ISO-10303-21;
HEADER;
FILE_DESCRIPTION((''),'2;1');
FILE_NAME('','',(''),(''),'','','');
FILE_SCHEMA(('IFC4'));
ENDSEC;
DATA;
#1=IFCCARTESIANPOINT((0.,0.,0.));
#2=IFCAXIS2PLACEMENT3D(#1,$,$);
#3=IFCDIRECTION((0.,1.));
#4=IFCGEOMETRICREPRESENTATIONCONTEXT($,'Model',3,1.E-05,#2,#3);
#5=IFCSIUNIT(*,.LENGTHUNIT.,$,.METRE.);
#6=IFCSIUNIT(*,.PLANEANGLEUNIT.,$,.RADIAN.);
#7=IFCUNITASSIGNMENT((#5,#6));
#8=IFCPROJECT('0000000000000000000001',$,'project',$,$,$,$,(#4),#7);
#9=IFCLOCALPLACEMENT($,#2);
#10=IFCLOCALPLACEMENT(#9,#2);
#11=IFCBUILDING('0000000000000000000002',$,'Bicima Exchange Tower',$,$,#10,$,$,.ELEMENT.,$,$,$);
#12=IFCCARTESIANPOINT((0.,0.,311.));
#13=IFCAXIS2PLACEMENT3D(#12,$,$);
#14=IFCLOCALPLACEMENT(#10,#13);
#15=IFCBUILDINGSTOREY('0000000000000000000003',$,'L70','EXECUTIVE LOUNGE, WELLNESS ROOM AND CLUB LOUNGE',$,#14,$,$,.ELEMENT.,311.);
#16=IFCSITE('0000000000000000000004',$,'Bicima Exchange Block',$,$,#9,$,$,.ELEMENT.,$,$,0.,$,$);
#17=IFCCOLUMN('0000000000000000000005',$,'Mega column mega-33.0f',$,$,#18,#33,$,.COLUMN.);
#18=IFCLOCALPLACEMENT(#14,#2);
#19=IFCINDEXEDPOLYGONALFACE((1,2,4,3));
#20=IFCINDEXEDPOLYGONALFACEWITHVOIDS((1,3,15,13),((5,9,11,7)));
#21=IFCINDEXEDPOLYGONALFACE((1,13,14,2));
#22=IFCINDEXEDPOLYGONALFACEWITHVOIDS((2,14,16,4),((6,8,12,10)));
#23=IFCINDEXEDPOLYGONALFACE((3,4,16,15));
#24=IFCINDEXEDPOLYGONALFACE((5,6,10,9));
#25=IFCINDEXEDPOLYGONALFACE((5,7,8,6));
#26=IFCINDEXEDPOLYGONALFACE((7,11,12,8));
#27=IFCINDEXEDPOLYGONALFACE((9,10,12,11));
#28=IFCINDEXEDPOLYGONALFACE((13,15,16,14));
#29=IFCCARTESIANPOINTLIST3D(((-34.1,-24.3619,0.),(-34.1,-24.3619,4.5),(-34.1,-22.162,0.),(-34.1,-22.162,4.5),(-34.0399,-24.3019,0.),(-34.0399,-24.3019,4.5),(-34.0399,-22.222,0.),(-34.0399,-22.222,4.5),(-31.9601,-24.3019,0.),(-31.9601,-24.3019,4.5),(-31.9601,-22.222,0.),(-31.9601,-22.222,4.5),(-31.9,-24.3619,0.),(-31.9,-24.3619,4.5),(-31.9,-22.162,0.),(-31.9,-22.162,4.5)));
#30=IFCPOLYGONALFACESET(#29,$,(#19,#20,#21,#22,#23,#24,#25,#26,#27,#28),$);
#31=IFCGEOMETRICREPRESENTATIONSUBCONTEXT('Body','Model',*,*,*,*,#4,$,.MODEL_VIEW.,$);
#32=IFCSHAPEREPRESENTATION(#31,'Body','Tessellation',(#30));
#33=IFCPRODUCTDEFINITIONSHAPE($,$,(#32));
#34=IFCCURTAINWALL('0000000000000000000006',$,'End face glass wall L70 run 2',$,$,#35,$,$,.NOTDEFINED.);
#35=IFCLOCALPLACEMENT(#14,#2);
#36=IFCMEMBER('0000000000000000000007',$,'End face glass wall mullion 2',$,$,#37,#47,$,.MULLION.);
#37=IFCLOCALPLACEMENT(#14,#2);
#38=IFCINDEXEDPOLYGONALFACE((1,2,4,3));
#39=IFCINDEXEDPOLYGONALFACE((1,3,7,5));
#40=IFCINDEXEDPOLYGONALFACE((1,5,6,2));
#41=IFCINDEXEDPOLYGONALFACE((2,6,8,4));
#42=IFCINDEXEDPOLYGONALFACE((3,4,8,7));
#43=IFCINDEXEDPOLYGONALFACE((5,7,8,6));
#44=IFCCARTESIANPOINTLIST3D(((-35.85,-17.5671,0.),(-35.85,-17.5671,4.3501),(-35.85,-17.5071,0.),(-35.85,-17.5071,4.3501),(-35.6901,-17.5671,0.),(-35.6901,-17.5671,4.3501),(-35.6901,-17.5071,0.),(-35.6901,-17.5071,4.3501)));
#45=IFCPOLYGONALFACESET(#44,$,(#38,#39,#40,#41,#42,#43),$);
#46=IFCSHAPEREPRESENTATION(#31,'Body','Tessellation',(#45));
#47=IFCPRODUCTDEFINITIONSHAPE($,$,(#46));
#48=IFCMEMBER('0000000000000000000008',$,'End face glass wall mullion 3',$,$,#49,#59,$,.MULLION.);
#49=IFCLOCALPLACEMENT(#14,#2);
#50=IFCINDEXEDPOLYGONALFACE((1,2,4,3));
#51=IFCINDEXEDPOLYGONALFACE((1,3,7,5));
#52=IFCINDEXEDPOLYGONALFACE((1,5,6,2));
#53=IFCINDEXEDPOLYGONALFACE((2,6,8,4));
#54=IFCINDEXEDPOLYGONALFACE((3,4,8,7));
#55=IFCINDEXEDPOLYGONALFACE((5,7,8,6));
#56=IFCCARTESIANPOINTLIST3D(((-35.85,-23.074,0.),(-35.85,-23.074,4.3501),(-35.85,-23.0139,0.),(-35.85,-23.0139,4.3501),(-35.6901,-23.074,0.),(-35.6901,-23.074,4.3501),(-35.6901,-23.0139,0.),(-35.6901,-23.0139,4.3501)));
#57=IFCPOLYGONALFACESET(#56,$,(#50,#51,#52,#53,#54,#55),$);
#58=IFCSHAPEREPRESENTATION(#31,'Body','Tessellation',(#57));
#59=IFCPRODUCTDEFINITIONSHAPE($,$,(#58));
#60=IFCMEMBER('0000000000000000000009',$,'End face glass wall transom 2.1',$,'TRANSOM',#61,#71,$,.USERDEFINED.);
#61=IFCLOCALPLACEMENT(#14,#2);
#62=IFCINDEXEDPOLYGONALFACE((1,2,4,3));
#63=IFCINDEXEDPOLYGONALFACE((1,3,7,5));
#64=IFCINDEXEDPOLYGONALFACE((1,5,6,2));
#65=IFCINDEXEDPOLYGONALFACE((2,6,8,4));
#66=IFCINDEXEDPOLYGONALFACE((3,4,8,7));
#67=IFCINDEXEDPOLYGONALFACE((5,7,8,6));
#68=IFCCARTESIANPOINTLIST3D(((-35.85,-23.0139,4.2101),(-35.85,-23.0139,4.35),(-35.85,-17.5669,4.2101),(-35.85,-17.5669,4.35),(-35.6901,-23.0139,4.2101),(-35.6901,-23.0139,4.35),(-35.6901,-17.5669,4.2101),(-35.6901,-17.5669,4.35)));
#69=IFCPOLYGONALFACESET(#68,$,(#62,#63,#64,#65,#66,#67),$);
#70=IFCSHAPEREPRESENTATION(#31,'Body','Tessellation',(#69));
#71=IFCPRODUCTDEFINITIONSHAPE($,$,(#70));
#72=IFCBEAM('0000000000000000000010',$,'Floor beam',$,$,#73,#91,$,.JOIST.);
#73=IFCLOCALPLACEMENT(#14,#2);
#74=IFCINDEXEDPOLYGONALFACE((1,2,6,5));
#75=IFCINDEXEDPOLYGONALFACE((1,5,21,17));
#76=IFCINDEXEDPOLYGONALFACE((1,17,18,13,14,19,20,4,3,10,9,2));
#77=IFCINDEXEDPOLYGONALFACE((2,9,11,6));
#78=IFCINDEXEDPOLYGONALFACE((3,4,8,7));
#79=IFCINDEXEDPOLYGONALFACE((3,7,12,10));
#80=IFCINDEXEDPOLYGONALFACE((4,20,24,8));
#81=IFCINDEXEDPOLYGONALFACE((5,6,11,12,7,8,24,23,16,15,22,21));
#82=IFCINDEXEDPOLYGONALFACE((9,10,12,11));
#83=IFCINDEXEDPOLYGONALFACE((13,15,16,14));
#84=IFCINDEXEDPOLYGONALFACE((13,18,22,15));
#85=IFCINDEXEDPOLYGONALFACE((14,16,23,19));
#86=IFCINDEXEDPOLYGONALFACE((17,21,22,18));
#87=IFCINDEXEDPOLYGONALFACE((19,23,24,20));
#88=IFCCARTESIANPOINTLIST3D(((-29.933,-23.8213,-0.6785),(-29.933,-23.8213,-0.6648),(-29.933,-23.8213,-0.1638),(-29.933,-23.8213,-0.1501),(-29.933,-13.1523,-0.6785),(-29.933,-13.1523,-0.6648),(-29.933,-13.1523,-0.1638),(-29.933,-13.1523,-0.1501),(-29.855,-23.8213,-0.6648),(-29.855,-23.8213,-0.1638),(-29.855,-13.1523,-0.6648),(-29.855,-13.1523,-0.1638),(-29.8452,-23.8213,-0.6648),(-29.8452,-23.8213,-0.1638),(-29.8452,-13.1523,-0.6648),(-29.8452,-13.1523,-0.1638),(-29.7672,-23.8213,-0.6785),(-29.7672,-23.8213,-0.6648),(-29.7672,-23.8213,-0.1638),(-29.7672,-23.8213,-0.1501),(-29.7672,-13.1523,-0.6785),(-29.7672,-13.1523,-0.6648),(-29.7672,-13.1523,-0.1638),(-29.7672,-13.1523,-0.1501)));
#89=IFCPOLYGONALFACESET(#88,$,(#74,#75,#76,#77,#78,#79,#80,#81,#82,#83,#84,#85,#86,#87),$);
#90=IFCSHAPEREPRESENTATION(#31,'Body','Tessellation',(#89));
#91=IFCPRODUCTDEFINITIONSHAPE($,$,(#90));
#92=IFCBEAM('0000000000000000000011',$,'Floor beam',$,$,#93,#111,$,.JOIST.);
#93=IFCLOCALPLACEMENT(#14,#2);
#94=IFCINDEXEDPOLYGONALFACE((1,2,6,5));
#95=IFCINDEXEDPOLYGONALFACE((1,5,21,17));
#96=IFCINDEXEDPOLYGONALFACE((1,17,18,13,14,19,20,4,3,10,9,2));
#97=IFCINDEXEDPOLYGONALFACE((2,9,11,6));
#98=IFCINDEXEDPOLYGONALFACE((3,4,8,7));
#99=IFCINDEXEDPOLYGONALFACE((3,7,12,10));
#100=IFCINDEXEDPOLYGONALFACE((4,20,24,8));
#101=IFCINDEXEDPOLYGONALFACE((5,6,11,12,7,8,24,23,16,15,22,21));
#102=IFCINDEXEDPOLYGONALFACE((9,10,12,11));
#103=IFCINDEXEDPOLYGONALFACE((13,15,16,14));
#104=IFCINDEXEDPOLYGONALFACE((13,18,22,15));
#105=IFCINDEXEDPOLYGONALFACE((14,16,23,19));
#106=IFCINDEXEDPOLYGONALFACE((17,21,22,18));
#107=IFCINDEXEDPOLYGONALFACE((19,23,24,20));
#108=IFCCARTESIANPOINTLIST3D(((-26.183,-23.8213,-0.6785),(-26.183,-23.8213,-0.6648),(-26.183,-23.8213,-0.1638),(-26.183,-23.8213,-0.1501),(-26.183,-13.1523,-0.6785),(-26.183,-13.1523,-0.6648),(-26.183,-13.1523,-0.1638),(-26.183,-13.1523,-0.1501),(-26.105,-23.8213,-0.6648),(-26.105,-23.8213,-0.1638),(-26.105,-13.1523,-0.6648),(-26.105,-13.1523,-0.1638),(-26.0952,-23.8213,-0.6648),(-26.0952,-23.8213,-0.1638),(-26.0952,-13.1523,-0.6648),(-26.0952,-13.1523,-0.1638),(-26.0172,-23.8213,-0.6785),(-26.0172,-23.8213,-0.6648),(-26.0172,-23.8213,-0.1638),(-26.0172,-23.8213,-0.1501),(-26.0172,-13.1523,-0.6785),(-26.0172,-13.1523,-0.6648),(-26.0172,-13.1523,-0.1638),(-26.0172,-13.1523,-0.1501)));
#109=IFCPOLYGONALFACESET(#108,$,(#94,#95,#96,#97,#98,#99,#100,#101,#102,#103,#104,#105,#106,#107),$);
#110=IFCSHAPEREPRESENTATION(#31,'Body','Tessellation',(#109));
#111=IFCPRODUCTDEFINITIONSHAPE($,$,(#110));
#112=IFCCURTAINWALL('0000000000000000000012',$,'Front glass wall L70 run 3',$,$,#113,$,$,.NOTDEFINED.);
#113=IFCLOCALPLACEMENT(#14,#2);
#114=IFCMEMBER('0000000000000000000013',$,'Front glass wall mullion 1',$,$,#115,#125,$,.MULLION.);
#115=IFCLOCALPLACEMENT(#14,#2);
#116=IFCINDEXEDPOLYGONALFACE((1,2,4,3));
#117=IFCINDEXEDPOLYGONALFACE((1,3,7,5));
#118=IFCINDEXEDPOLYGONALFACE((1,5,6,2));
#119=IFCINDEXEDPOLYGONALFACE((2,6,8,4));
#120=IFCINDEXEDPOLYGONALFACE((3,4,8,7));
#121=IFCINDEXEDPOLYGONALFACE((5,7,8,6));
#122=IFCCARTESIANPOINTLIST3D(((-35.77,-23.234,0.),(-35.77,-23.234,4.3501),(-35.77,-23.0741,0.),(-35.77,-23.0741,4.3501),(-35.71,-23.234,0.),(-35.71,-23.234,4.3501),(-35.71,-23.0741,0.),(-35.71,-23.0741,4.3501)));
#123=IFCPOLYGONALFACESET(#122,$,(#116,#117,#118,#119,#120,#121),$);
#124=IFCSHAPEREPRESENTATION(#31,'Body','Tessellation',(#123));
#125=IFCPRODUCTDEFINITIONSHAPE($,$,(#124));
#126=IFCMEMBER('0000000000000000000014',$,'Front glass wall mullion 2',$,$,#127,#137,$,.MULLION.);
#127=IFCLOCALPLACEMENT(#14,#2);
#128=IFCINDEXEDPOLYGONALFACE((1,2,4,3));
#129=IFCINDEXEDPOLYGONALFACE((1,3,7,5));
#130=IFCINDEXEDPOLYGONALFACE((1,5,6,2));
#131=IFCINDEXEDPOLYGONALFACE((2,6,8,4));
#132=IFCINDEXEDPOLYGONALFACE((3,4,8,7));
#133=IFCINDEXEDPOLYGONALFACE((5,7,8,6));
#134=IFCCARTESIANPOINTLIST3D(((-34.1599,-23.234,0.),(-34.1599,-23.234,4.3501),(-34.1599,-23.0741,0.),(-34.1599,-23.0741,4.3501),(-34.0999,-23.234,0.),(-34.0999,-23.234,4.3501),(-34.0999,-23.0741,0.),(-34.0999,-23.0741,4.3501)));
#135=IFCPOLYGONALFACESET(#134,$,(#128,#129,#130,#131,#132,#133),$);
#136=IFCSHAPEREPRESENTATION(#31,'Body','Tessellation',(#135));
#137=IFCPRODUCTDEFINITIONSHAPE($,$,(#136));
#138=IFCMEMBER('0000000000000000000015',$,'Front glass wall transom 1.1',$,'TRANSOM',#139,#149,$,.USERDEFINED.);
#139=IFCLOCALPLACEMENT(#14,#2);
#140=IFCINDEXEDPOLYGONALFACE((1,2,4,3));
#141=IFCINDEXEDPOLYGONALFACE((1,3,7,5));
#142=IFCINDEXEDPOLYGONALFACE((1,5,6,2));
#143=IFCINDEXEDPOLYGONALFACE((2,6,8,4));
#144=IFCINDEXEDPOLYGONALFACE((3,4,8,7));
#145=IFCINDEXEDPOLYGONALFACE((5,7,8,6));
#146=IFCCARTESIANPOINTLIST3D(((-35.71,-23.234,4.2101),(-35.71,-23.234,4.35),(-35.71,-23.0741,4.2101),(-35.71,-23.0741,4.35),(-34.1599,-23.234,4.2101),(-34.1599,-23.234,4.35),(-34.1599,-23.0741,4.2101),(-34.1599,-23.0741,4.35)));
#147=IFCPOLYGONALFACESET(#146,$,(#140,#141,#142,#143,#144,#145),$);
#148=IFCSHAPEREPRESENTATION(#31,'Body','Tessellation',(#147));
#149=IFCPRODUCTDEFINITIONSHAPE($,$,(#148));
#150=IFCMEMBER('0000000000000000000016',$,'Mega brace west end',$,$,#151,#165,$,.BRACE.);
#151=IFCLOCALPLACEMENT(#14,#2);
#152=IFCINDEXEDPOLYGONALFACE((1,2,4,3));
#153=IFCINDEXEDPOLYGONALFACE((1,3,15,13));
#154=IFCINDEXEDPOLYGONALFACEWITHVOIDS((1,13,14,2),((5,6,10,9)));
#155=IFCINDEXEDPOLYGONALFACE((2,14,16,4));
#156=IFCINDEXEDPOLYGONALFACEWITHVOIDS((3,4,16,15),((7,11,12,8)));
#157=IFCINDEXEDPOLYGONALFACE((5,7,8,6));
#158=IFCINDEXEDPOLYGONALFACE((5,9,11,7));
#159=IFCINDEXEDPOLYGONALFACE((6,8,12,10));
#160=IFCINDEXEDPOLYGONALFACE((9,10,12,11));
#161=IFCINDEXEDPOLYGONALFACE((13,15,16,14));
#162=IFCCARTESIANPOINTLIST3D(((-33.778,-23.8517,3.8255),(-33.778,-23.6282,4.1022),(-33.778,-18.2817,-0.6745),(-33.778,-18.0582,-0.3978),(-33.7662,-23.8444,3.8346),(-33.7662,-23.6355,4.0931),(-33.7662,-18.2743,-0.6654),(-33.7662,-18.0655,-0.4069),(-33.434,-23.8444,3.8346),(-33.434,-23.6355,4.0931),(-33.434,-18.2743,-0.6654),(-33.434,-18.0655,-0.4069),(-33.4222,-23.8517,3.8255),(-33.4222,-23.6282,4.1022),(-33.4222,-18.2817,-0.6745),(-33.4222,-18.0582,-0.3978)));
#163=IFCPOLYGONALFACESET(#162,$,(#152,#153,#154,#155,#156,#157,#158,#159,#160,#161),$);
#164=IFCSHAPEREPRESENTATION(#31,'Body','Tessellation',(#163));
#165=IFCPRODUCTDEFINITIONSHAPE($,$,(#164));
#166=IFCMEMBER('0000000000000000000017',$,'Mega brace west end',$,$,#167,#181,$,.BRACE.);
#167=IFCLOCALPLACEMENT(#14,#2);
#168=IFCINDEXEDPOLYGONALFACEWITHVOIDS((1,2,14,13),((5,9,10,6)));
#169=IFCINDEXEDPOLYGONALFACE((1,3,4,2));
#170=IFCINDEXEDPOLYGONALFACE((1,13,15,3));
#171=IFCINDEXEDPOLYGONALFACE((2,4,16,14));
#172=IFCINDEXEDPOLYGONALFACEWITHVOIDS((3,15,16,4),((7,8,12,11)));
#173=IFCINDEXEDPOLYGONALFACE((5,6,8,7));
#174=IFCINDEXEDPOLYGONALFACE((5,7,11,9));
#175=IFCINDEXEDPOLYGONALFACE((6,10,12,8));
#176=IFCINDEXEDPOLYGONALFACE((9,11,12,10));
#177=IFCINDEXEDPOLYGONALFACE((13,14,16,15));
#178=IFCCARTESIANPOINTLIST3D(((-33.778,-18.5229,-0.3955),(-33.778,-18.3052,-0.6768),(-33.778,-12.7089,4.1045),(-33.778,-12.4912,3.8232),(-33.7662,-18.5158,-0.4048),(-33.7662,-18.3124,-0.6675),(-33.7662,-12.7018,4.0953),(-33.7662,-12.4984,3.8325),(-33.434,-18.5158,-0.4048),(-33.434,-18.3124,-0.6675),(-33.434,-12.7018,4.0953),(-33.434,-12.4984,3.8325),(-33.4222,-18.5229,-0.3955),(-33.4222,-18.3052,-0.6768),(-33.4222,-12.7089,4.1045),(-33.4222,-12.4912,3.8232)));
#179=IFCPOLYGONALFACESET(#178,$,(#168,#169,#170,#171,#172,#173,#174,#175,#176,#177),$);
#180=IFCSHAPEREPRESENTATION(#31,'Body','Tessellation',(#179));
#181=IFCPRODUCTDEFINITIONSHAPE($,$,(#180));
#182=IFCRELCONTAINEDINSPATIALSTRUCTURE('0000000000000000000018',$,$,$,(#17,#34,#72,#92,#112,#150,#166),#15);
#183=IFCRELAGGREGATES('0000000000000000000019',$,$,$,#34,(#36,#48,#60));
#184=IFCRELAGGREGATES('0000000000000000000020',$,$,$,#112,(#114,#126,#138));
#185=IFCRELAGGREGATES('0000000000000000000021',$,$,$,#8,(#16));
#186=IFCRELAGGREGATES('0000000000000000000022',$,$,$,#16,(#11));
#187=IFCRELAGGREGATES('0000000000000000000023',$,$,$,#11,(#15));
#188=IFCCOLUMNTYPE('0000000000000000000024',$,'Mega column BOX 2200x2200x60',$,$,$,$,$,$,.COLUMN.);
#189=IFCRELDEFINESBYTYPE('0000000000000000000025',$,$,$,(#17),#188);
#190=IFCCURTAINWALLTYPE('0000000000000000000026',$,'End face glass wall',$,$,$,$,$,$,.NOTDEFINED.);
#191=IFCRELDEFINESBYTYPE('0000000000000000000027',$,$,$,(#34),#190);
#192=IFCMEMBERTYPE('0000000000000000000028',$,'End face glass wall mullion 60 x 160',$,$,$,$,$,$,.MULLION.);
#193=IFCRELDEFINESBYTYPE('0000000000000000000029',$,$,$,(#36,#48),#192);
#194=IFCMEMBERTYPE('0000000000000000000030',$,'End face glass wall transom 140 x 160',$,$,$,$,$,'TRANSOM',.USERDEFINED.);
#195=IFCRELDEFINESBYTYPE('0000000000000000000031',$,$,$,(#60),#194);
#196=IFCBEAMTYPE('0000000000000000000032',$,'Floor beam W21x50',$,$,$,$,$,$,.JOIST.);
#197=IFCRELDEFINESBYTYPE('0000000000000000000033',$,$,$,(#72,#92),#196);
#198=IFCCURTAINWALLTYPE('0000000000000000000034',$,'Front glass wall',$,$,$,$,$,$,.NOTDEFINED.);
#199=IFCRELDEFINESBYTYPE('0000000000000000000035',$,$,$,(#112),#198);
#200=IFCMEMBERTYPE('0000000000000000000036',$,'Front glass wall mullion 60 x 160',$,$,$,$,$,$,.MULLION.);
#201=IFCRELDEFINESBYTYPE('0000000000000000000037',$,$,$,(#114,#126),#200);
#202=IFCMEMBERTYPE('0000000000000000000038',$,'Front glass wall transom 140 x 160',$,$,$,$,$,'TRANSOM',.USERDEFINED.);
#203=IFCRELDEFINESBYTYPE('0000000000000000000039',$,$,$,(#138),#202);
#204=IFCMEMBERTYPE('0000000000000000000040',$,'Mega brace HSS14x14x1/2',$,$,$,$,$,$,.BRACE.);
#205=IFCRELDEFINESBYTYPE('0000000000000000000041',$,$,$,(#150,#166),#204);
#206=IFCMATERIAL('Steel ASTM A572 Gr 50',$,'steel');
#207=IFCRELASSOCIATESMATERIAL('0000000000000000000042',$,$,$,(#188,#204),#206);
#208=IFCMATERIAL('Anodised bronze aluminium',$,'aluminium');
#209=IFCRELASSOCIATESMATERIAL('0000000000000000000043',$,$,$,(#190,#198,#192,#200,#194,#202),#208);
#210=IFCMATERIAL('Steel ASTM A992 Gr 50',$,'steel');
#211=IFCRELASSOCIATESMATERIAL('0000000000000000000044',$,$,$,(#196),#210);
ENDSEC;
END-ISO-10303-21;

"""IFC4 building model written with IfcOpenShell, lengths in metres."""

from ifc_helpers import new_model, si_unit, direction, frame, origin, origin_2d, place, context, subcontext, project, spatial, rectangle, hollow_rectangle, i_section, extrude, material, material_profile, profile_set, type_object, element, aggregate, save


model = new_model("IFC4")

# Units and contexts
model_context = context("Model", 3, precision=1e-05, world=origin(), true_north=direction((0.0, 1.0)))
body_context = subcontext(model_context, "Body", "Model", "MODEL_VIEW")
ifc_project = project(units=[si_unit("LENGTHUNIT", "METRE"), si_unit("PLANEANGLEUNIT", "RADIAN")], contexts=[model_context])

# Site, building, storey
site_placement = place(None, origin())
site = spatial("IfcSite", under=ifc_project, at=site_placement, Name="Bicima Exchange Block", CompositionType="ELEMENT", RefElevation=0.0)
building_placement = place(site_placement, origin())
building = spatial("IfcBuilding", under=site, at=building_placement, Name="Bicima Exchange Tower", CompositionType="ELEMENT")
storey_placement = place(building_placement, frame((0.0, 0.0, 311.0)))
storey = spatial("IfcBuildingStorey", under=building, at=storey_placement, Name="L70", Description="EXECUTIVE LOUNGE, WELLNESS ROOM AND CLUB LOUNGE", CompositionType="ELEMENT", Elevation=311.0)

# Column
ifc_material_1 = material(Name="Steel ASTM A572 Gr 50", Category="steel")
ifc_material_profile_1 = material_profile(ifc_material_1, hollow_rectangle(XDim=2.2, YDim=2.2, WallThickness=0.0601, at=origin_2d()))
ifc_profile_set_1 = profile_set([ifc_material_profile_1], Name="Steel ASTM A572 Gr 50")
column_type = type_object("IfcColumnType", Name="Mega column BOX 2200x2200x60", PredefinedType="COLUMN", material=ifc_profile_set_1)
column_placement = place(storey_placement, frame((-33.0, -23.262, 0.0), z_axis=(0.0, 0.0, 1.0), x_axis=(1.0, 0.0, 0.0)))
element("IfcColumn", 1, at=column_placement, inside=storey, type_object=column_type, Name="Mega column mega-33.0f", PredefinedType="COLUMN", context=body_context, shape_type="SweptSolid", body=[
    extrude(hollow_rectangle(XDim=2.2, YDim=2.2, WallThickness=0.0601, at=origin_2d()), origin(), (0.0, 0.0, 1.0), 4.5),
])

# Curtain wall, members
ifc_material_2 = material(Name="Anodised bronze aluminium", Category="aluminium")
curtain_wall_type_1 = type_object("IfcCurtainWallType", Name="End face glass wall", PredefinedType="NOTDEFINED", material=ifc_material_2)
curtain_wall_1_placement = place(storey_placement, origin())
curtain_wall_1 = element("IfcCurtainWall", 2, at=curtain_wall_1_placement, inside=storey, type_object=curtain_wall_type_1, Name="End face glass wall L70 run 2", PredefinedType="NOTDEFINED")
ifc_material_profile_2 = material_profile(ifc_material_2, rectangle(XDim=0.1599, YDim=0.0601, at=origin_2d()))
ifc_profile_set_2 = profile_set([ifc_material_profile_2], Name="Anodised bronze aluminium")
member_type_1 = type_object("IfcMemberType", Name="End face glass wall mullion 60 x 160", PredefinedType="MULLION", material=ifc_profile_set_2)
member_1_placement = place(storey_placement, frame((-35.77, -17.5371, 0.0), z_axis=(0.0, 0.0, 1.0), x_axis=(1.0, 0.0, 0.0)))
member_1 = element("IfcMember", 3, at=member_1_placement, type_object=member_type_1, Name="End face glass wall mullion 2", PredefinedType="MULLION", context=body_context, shape_type="SweptSolid", body=[
    extrude(rectangle(XDim=0.1599, YDim=0.0601, at=origin_2d()), origin(), (0.0, 0.0, 1.0), 4.3501),
])
member_2_placement = place(storey_placement, frame((-35.77, -23.0439, 0.0), z_axis=(0.0, 0.0, 1.0), x_axis=(1.0, 0.0, 0.0)))
member_2 = element("IfcMember", 4, at=member_2_placement, type_object=member_type_1, Name="End face glass wall mullion 3", PredefinedType="MULLION", context=body_context, shape_type="SweptSolid", body=[
    extrude(rectangle(XDim=0.1599, YDim=0.0601, at=origin_2d()), origin(), (0.0, 0.0, 1.0), 4.3501),
])
ifc_material_profile_3 = material_profile(ifc_material_2, rectangle(XDim=0.1599, YDim=0.1399, at=origin_2d()))
ifc_profile_set_3 = profile_set([ifc_material_profile_3], Name="Anodised bronze aluminium")
member_type_2 = type_object("IfcMemberType", Name="End face glass wall transom 140 x 160", ElementType="TRANSOM", PredefinedType="USERDEFINED", material=ifc_profile_set_3)
member_3_placement = place(storey_placement, frame((-35.77, -17.5669, 4.28), z_axis=(0.0, -1.0, 0.0), x_axis=(1.0, 0.0, 0.0)))
member_3 = element("IfcMember", 5, at=member_3_placement, type_object=member_type_2, Name="End face glass wall transom 2.1", ObjectType="TRANSOM", PredefinedType="USERDEFINED", context=body_context, shape_type="SweptSolid", body=[
    extrude(rectangle(XDim=0.1599, YDim=0.1399, at=origin_2d()), origin(), (0.0, 0.0, 1.0), 5.447),
])

# Beams
ifc_material_3 = material(Name="Steel ASTM A992 Gr 50", Category="steel")
ifc_material_profile_4 = material_profile(ifc_material_3, i_section(OverallWidth=0.1658, OverallDepth=0.5283, WebThickness=0.0098, FlangeThickness=0.0137, at=origin_2d()))
ifc_profile_set_4 = profile_set([ifc_material_profile_4], Name="Steel ASTM A992 Gr 50")
beam_type = type_object("IfcBeamType", Name="Floor beam W21x50", PredefinedType="JOIST", material=ifc_profile_set_4)
for number, where, z_axis, x_axis, name in (
    (6, (-29.8501, -13.1523, -0.4143), (0.0, -1.0, 0.0), (1.0, 0.0, 0.0), "Floor beam"),
    (7, (-26.1001, -13.1523, -0.4143), (0.0, -1.0, 0.0), (1.0, 0.0, 0.0), "Floor beam"),
):
    element("IfcBeam", number, at=place(storey_placement, frame(where, z_axis=z_axis, x_axis=x_axis)), inside=storey, type_object=beam_type, Name=name, PredefinedType="JOIST", context=body_context, shape_type="SweptSolid", body=[
        extrude(i_section(OverallWidth=0.1658, OverallDepth=0.5283, WebThickness=0.0098, FlangeThickness=0.0137, at=origin_2d()), origin(), (0.0, 0.0, 1.0), 10.6689),
    ])

# Curtain wall, members
curtain_wall_type_2 = type_object("IfcCurtainWallType", Name="Front glass wall", PredefinedType="NOTDEFINED", material=ifc_material_2)
curtain_wall_2_placement = place(storey_placement, origin())
curtain_wall_2 = element("IfcCurtainWall", 8, at=curtain_wall_2_placement, inside=storey, type_object=curtain_wall_type_2, Name="Front glass wall L70 run 3", PredefinedType="NOTDEFINED")
member_type_3 = type_object("IfcMemberType", Name="Front glass wall mullion 60 x 160", PredefinedType="MULLION", material=ifc_profile_set_2)
member_4_placement = place(storey_placement, frame((-35.74, -23.1541, 0.0), z_axis=(0.0, 0.0, 1.0), x_axis=(0.0, 1.0, 0.0)))
member_4 = element("IfcMember", 9, at=member_4_placement, type_object=member_type_3, Name="Front glass wall mullion 1", PredefinedType="MULLION", context=body_context, shape_type="SweptSolid", body=[
    extrude(rectangle(XDim=0.1599, YDim=0.0601, at=origin_2d()), origin(), (0.0, 0.0, 1.0), 4.3501),
])
member_5_placement = place(storey_placement, frame((-34.1299, -23.1541, 0.0), z_axis=(0.0, 0.0, 1.0), x_axis=(0.0, 1.0, 0.0)))
member_5 = element("IfcMember", 10, at=member_5_placement, type_object=member_type_3, Name="Front glass wall mullion 2", PredefinedType="MULLION", context=body_context, shape_type="SweptSolid", body=[
    extrude(rectangle(XDim=0.1599, YDim=0.0601, at=origin_2d()), origin(), (0.0, 0.0, 1.0), 4.3501),
])
member_type_4 = type_object("IfcMemberType", Name="Front glass wall transom 140 x 160", ElementType="TRANSOM", PredefinedType="USERDEFINED", material=ifc_profile_set_3)
member_6_placement = place(storey_placement, frame((-35.71, -23.1541, 4.28), z_axis=(1.0, 0.0, 0.0), x_axis=(0.0, 1.0, 0.0)))
member_6 = element("IfcMember", 11, at=member_6_placement, type_object=member_type_4, Name="Front glass wall transom 1.1", ObjectType="TRANSOM", PredefinedType="USERDEFINED", context=body_context, shape_type="SweptSolid", body=[
    extrude(rectangle(XDim=0.1599, YDim=0.1399, at=origin_2d()), origin(), (0.0, 0.0, 1.0), 1.55),
])

# Members
ifc_material_profile_5 = material_profile(ifc_material_1, hollow_rectangle(XDim=0.3557, YDim=0.3557, WallThickness=0.0117, at=origin_2d()))
ifc_profile_set_5 = profile_set([ifc_material_profile_5], Name="Steel ASTM A572 Gr 50")
member_type_5 = type_object("IfcMemberType", Name="Mega brace HSS14x14x1/2", PredefinedType="BRACE", material=ifc_profile_set_5)
member_7_placement = place(storey_placement, frame((-33.6001, -18.1699, -0.5361), z_axis=(0.0, -0.777866, 0.62843), x_axis=(1.0, 0.0, 0.0)))
element("IfcMember", 12, at=member_7_placement, inside=storey, type_object=member_type_5, Name="Mega brace west end", PredefinedType="BRACE", context=body_context, shape_type="SweptSolid", body=[
    extrude(hollow_rectangle(XDim=0.3557, YDim=0.3557, WallThickness=0.0117, at=origin_2d()), origin(), (0.0, 0.0, 1.0), 7.1606),
])
member_8_placement = place(storey_placement, frame((-33.6001, -18.4141, -0.5361), z_axis=(0.0, 0.790798, 0.612077), x_axis=(-1.0, 0.0, 0.0)))
element("IfcMember", 13, at=member_8_placement, inside=storey, type_object=member_type_5, Name="Mega brace west end", PredefinedType="BRACE", context=body_context, shape_type="SweptSolid", body=[
    extrude(hollow_rectangle(XDim=0.3557, YDim=0.3557, WallThickness=0.0117, at=origin_2d()), origin(), (0.0, 0.0, 1.0), 7.3521),
])

aggregate(curtain_wall_1, [member_1, member_2, member_3])
aggregate(curtain_wall_2, [member_4, member_5, member_6])

save(model, "model.ifc")
